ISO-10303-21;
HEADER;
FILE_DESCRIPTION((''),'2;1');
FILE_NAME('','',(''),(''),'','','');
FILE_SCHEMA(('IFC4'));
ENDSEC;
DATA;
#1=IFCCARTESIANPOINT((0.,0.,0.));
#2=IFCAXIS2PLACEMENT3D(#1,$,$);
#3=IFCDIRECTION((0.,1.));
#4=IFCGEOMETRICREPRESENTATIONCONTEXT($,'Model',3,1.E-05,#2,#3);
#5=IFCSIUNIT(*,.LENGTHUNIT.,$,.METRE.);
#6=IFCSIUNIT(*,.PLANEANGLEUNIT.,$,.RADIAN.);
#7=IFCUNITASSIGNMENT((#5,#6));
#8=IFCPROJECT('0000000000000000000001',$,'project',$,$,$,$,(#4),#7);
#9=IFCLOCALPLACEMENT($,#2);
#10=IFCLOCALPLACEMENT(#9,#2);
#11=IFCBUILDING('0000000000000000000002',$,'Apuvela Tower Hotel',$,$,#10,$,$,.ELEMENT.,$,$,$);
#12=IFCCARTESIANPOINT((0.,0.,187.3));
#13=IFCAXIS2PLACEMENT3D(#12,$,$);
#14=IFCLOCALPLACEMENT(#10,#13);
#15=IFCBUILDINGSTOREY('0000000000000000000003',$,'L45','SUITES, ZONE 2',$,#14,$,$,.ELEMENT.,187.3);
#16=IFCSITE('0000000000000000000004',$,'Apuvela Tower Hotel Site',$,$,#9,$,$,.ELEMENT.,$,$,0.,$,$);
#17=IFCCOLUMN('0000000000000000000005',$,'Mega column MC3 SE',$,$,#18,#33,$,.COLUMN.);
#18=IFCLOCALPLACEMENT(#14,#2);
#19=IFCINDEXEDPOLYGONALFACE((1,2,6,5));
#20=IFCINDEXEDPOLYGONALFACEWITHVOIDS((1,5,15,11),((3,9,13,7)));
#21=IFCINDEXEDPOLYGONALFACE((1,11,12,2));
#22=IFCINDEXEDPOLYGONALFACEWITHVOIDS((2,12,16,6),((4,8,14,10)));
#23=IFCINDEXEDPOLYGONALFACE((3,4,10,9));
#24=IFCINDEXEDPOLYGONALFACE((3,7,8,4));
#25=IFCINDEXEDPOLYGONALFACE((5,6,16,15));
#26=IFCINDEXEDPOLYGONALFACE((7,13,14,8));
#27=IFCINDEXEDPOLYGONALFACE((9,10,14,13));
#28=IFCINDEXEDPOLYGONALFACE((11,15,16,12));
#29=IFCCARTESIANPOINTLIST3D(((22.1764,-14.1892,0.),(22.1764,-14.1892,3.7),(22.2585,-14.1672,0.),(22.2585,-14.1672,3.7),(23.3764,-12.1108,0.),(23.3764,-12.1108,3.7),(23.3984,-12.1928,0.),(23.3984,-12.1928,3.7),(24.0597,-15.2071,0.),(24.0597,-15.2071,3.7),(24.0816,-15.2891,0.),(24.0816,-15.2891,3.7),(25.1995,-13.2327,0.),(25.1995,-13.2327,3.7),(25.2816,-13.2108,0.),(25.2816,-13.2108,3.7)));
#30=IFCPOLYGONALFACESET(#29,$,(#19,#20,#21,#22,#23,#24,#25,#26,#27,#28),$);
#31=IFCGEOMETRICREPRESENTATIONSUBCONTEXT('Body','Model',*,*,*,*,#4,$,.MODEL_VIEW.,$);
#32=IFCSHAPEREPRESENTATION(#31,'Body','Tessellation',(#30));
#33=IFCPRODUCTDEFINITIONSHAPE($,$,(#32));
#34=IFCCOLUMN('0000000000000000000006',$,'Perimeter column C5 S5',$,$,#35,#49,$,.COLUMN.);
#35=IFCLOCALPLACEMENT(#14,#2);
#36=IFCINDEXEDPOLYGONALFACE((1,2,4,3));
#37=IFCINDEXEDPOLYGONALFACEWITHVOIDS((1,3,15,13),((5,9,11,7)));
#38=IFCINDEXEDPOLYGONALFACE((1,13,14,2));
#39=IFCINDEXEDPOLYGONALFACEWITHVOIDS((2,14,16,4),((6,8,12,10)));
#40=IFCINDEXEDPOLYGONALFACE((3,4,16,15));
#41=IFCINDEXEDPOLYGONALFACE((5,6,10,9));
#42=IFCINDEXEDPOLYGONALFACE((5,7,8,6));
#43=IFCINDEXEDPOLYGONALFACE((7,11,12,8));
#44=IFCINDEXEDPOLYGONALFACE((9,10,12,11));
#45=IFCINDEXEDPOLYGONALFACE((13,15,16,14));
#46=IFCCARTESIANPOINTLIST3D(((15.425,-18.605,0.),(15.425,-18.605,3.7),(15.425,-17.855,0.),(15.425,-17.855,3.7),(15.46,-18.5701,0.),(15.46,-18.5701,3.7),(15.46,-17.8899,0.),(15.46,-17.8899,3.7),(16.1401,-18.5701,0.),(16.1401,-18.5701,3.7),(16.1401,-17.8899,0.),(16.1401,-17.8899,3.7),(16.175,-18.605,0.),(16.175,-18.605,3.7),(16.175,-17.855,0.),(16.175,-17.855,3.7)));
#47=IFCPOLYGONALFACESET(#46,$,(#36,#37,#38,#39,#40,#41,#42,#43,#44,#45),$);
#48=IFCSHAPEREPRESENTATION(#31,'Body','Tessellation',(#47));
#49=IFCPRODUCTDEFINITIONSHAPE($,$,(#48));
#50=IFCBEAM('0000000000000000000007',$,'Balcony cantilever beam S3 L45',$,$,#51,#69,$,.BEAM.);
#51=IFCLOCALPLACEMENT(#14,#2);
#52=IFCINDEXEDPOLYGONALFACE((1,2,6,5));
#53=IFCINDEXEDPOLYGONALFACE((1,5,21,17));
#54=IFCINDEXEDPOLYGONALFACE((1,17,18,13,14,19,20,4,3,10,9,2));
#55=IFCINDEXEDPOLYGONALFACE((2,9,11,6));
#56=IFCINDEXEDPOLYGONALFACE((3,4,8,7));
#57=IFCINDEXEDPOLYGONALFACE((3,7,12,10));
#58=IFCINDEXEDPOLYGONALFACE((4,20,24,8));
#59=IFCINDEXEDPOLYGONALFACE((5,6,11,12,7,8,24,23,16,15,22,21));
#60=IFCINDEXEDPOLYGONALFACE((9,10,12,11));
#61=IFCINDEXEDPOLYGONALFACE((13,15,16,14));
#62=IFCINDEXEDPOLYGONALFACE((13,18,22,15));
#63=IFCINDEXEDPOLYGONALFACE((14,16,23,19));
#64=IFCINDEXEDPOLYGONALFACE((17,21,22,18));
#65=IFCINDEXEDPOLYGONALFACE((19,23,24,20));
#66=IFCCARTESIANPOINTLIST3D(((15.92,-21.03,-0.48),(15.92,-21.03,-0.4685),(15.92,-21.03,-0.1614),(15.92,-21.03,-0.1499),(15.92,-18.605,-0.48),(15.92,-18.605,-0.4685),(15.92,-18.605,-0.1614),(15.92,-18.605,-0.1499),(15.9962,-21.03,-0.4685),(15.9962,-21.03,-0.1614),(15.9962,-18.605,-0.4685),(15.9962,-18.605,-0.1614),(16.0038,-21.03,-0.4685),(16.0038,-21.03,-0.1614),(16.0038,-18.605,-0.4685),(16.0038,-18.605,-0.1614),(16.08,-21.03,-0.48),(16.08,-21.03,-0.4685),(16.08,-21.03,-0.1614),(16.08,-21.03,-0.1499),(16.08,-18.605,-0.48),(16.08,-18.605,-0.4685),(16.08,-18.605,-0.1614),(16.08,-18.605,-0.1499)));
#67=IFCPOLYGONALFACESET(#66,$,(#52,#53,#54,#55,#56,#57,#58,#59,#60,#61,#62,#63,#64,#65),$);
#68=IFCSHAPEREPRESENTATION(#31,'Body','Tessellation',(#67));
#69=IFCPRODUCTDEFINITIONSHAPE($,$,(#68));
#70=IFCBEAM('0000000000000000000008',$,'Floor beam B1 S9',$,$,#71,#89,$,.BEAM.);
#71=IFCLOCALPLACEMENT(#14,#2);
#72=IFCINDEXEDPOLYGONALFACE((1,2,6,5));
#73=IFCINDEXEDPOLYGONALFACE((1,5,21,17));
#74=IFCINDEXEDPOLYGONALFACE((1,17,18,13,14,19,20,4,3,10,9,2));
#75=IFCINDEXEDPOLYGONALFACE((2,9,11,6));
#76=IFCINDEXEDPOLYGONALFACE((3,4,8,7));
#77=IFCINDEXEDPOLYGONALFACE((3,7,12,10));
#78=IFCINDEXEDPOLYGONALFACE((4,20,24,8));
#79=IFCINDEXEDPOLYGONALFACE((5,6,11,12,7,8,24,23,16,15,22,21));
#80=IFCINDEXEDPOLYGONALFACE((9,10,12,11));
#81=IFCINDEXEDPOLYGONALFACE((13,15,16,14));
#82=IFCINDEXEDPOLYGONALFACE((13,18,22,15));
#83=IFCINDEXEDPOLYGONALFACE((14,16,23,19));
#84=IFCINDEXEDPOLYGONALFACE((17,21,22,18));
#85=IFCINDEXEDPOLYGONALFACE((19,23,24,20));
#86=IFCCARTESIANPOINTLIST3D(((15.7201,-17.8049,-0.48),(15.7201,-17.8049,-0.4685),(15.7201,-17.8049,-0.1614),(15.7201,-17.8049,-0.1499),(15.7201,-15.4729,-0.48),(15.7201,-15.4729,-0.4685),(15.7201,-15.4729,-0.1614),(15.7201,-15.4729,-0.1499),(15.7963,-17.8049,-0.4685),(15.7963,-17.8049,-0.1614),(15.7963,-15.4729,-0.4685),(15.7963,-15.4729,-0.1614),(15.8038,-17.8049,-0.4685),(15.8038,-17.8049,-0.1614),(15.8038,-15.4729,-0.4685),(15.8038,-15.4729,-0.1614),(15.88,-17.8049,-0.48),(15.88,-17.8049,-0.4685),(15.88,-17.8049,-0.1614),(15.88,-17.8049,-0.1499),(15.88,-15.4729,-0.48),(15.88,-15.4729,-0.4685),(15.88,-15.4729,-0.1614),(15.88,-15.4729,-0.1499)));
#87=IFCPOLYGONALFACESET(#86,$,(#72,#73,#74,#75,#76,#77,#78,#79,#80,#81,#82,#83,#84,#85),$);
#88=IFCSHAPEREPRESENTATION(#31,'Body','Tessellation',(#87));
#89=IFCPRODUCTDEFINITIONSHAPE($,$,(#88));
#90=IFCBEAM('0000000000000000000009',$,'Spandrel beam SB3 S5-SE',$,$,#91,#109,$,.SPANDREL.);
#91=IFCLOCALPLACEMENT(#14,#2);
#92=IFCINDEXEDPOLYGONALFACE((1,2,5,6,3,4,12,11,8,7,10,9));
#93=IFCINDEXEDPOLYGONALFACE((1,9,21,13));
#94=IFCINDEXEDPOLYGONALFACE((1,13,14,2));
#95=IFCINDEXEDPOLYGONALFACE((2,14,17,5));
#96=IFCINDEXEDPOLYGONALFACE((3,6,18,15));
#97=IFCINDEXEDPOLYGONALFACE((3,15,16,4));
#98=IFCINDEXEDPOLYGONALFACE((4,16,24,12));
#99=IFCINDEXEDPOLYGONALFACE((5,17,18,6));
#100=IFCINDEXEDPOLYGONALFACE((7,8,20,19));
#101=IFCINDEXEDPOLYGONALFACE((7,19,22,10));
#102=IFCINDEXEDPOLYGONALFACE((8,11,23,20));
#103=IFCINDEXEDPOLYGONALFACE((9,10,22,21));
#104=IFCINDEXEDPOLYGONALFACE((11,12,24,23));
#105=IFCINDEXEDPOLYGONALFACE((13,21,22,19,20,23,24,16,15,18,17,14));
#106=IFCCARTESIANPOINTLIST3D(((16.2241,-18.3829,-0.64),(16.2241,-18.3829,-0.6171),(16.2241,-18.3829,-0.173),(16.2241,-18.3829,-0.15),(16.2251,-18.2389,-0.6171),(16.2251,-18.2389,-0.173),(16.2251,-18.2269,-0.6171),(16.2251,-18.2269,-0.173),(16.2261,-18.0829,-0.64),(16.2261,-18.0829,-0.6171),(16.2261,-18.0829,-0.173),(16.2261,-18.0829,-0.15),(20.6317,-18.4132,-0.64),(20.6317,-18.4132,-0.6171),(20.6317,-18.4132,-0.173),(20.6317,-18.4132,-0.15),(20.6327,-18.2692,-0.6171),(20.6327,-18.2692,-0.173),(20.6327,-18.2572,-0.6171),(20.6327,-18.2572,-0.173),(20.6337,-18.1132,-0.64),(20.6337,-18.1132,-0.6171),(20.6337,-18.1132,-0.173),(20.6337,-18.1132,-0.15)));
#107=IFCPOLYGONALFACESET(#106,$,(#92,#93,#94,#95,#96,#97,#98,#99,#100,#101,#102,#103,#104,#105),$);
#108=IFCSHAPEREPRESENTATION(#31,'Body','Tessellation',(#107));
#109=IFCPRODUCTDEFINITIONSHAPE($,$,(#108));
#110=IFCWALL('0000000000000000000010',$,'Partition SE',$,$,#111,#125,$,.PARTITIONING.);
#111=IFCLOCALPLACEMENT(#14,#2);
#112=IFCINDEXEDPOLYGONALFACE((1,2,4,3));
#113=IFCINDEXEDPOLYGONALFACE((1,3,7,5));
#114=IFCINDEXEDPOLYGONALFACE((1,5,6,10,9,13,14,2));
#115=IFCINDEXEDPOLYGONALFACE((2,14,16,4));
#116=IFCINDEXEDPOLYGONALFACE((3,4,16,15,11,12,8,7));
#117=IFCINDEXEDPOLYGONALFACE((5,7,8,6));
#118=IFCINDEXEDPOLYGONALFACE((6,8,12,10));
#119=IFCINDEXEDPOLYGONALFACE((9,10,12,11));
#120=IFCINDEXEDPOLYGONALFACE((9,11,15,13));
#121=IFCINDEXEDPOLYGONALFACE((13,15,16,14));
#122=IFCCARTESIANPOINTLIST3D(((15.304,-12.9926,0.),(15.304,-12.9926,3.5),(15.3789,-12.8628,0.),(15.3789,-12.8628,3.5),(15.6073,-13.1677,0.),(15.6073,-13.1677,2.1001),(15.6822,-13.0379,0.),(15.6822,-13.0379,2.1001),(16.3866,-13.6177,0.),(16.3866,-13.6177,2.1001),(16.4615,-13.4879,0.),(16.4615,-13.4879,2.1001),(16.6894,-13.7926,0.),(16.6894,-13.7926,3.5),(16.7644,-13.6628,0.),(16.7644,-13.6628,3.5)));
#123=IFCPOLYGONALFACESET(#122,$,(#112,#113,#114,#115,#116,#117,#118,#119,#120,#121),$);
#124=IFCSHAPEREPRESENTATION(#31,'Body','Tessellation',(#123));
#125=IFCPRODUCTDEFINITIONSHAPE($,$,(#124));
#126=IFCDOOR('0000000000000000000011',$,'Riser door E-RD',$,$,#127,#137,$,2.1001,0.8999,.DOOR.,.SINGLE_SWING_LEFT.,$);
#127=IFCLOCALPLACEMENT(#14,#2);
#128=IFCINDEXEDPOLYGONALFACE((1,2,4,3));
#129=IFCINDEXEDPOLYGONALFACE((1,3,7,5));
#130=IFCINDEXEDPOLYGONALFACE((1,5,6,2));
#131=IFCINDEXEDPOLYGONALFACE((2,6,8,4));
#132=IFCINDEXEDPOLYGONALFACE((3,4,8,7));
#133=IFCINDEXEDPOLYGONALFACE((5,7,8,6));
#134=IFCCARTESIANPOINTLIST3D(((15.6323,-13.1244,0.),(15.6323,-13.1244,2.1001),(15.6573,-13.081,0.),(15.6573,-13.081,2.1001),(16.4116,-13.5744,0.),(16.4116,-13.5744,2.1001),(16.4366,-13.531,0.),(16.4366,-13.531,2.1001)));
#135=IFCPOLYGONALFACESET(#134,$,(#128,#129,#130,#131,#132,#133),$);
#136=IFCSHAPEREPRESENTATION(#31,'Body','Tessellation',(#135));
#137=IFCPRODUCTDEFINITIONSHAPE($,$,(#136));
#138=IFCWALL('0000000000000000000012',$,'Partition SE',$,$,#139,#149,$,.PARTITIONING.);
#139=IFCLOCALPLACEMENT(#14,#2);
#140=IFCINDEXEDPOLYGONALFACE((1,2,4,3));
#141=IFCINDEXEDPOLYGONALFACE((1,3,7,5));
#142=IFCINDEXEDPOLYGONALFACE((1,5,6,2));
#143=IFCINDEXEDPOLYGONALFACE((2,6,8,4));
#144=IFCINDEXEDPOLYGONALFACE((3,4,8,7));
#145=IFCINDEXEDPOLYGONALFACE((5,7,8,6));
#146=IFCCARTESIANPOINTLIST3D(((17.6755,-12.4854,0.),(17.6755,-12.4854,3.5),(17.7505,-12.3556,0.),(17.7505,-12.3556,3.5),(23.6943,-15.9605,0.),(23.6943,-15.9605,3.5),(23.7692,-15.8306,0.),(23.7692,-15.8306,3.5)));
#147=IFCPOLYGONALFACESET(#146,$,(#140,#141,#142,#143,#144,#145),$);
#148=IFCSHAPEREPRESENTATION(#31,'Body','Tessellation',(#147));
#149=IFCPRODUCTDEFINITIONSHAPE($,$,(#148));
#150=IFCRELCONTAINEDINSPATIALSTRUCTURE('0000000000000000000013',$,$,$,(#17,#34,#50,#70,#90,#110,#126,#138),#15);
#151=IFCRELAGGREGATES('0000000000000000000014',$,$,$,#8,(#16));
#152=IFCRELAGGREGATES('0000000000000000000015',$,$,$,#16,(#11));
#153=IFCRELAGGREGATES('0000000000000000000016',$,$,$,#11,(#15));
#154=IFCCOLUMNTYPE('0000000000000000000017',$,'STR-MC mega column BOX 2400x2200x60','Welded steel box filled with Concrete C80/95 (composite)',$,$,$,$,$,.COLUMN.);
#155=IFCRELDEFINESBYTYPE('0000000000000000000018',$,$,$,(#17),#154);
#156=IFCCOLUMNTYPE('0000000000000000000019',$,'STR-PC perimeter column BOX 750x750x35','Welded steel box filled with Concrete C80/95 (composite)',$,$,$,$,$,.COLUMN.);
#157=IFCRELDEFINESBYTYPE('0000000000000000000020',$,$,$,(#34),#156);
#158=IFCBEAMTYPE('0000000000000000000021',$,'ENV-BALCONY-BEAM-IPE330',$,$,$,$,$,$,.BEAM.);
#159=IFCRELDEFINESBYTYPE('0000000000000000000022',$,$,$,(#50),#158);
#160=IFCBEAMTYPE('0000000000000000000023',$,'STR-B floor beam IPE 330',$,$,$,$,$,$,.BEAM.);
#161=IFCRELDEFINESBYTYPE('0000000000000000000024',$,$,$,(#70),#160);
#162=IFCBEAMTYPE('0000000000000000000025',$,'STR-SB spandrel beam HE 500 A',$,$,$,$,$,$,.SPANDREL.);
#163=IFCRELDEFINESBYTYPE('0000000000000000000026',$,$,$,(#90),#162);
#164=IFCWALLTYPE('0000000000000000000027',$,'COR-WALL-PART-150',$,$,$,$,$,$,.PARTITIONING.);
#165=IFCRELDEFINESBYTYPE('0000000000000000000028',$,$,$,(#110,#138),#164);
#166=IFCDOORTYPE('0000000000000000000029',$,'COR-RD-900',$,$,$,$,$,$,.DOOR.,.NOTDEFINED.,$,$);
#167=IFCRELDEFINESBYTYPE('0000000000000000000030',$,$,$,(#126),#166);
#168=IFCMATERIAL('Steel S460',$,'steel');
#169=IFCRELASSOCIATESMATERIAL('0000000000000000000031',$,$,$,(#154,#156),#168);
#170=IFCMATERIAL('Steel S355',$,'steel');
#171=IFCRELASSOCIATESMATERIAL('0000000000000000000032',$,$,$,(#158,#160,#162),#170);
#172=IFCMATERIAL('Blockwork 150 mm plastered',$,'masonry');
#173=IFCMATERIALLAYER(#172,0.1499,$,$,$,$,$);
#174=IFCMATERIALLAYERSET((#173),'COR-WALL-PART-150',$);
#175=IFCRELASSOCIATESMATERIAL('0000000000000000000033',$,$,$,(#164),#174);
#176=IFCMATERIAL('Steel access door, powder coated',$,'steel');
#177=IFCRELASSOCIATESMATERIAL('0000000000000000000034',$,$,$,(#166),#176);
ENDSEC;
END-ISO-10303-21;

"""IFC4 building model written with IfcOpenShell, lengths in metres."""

from ifc_helpers import new_model, si_unit, direction, frame, frame_2d, origin, origin_2d, place, context, subcontext, project, spatial, rectangle, hollow_rectangle, i_section, extrude, material, layer, layer_set, material_profile, profile_set, type_object, element, fill, save


model = new_model("IFC4")

# Units and contexts
model_context = context("Model", 3, precision=1e-05, world=origin(), true_north=direction((0.0, 1.0)))
body_context = subcontext(model_context, "Body", "Model", "MODEL_VIEW")
ifc_project = project(units=[si_unit("LENGTHUNIT", "METRE"), si_unit("PLANEANGLEUNIT", "RADIAN")], contexts=[model_context])

# Site, building, storey
site_placement = place(None, origin())
site = spatial("IfcSite", under=ifc_project, at=site_placement, Name="Apuvela Tower Hotel Site", CompositionType="ELEMENT", RefElevation=0.0)
building_placement = place(site_placement, origin())
building = spatial("IfcBuilding", under=site, at=building_placement, Name="Apuvela Tower Hotel", CompositionType="ELEMENT")
storey_placement = place(building_placement, frame((0.0, 0.0, 187.3)))
storey = spatial("IfcBuildingStorey", under=building, at=storey_placement, Name="L45", Description="SUITES, ZONE 2", CompositionType="ELEMENT", Elevation=187.3)

# Columns
ifc_material_1 = material(Name="Steel S460", Category="steel")
ifc_material_profile_1 = material_profile(ifc_material_1, hollow_rectangle(XDim=2.3999, YDim=2.2, WallThickness=0.0601, at=origin_2d()), Name="BOX 2400x2200x60")
ifc_material_2 = material(Name="Concrete C80/95", Category="concrete")
ifc_material_profile_2 = material_profile(ifc_material_2, rectangle(XDim=2.28, YDim=2.0801, at=origin_2d()), Name="Concrete C80/95 infill")
ifc_profile_set_1 = profile_set([ifc_material_profile_1, ifc_material_profile_2], Name="Steel S460")
column_type_1 = type_object("IfcColumnType", Name="STR-MC mega column BOX 2400x2200x60", Description="Welded steel box filled with Concrete C80/95 (composite)", PredefinedType="COLUMN", material=ifc_profile_set_1)
column_1_placement = place(storey_placement, frame((23.729, -13.7, 0.0), z_axis=(0.0, 0.0, 1.0), x_axis=(0.5, 0.866025, 0.0)))
element("IfcColumn", 1, at=column_1_placement, inside=storey, type_object=column_type_1, Name="Mega column MC3 SE", PredefinedType="COLUMN", context=body_context, shape_type="SweptSolid", body=[
    extrude(hollow_rectangle(XDim=2.3999, YDim=2.2, WallThickness=0.0601, at=origin_2d()), origin(), (0.0, 0.0, 1.0), 3.7),
])
ifc_material_profile_3 = material_profile(ifc_material_1, hollow_rectangle(XDim=0.75, YDim=0.75, WallThickness=0.0349, at=origin_2d()), Name="BOX 750x750x35")
ifc_material_profile_4 = material_profile(ifc_material_2, rectangle(XDim=0.6799, YDim=0.6799, at=origin_2d()), Name="Concrete C80/95 infill")
ifc_profile_set_2 = profile_set([ifc_material_profile_3, ifc_material_profile_4], Name="Steel S460")
column_type_2 = type_object("IfcColumnType", Name="STR-PC perimeter column BOX 750x750x35", Description="Welded steel box filled with Concrete C80/95 (composite)", PredefinedType="COLUMN", material=ifc_profile_set_2)
column_2_placement = place(storey_placement, frame((15.8, -18.23, 0.0), z_axis=(0.0, 0.0, 1.0), x_axis=(-1.0, 0.0, 0.0)))
element("IfcColumn", 2, at=column_2_placement, inside=storey, type_object=column_type_2, Name="Perimeter column C5 S5", PredefinedType="COLUMN", context=body_context, shape_type="SweptSolid", body=[
    extrude(hollow_rectangle(XDim=0.75, YDim=0.75, WallThickness=0.0349, at=origin_2d()), origin(), (0.0, 0.0, 1.0), 3.7),
])

# Beams
ifc_material_3 = material(Name="Steel S355", Category="steel")
ifc_material_profile_5 = material_profile(ifc_material_3, i_section(OverallWidth=0.1599, OverallDepth=0.3301, WebThickness=0.0076, FlangeThickness=0.0115, at=origin_2d()), Name="IPE 330")
ifc_profile_set_3 = profile_set([ifc_material_profile_5], Name="Steel S355")
beam_type_1 = type_object("IfcBeamType", Name="ENV-BALCONY-BEAM-IPE330", PredefinedType="BEAM", material=ifc_profile_set_3)
beam_1_placement = place(storey_placement, frame((16.0, -18.605, -0.3149), z_axis=(0.0, -1.0, 0.0), x_axis=(1.0, 0.0, 0.0)))
element("IfcBeam", 3, at=beam_1_placement, inside=storey, type_object=beam_type_1, Name="Balcony cantilever beam S3 L45", PredefinedType="BEAM", context=body_context, shape_type="SweptSolid", body=[
    extrude(i_section(OverallWidth=0.1599, OverallDepth=0.3301, WebThickness=0.0076, FlangeThickness=0.0115, at=origin_2d()), origin(), (0.0, 0.0, 1.0), 2.425),
])
ifc_material_profile_6 = material_profile(ifc_material_3, i_section(OverallWidth=0.1599, OverallDepth=0.3301, WebThickness=0.0076, FlangeThickness=0.0115, at=origin_2d()), Name="IPE 330")
ifc_profile_set_4 = profile_set([ifc_material_profile_6], Name="Steel S355")
beam_type_2 = type_object("IfcBeamType", Name="STR-B floor beam IPE 330", PredefinedType="BEAM", material=ifc_profile_set_4)
beam_2_placement = place(storey_placement, frame((15.8, -17.8049, -0.3149), z_axis=(0.0, 1.0, 0.0), x_axis=(-1.0, 0.0, 0.0)))
element("IfcBeam", 4, at=beam_2_placement, inside=storey, type_object=beam_type_2, Name="Floor beam B1 S9", PredefinedType="BEAM", context=body_context, shape_type="SweptSolid", body=[
    extrude(i_section(OverallWidth=0.1599, OverallDepth=0.3301, WebThickness=0.0076, FlangeThickness=0.0115, at=origin_2d()), origin(), (0.0, 0.0, 1.0), 2.332),
])
ifc_material_profile_7 = material_profile(ifc_material_3, i_section(OverallWidth=0.3, OverallDepth=0.49, WebThickness=0.012, FlangeThickness=0.0229, at=origin_2d()), Name="HE 500 A")
ifc_profile_set_5 = profile_set([ifc_material_profile_7], Name="Steel S355")
beam_type_3 = type_object("IfcBeamType", Name="STR-SB spandrel beam HE 500 A", PredefinedType="SPANDREL", material=ifc_profile_set_5)
beam_3_placement = place(storey_placement, frame((16.2251, -18.2329, -0.395), z_axis=(0.999976, -0.006868, 0.0), x_axis=(0.006868, 0.999976, 0.0)))
element("IfcBeam", 5, at=beam_3_placement, inside=storey, type_object=beam_type_3, Name="Spandrel beam SB3 S5-SE", PredefinedType="SPANDREL", context=body_context, shape_type="SweptSolid", body=[
    extrude(i_section(OverallWidth=0.3, OverallDepth=0.49, WebThickness=0.012, FlangeThickness=0.0229, at=origin_2d()), origin(), (0.0, 0.0, 1.0), 4.4077),
])

# Wall, opening, door
ifc_material_4 = material(Name="Blockwork 150 mm plastered", Category="masonry")
ifc_layer_1 = layer(ifc_material_4, 0.1499)
ifc_layer_set_1 = layer_set([ifc_layer_1], Name="COR-WALL-PART-150")
wall_type_1 = type_object("IfcWallType", Name="COR-WALL-PART-150", PredefinedType="PARTITIONING", material=ifc_layer_set_1)
wall_1_placement = place(storey_placement, frame((15.3416, -12.9277, 0.0), z_axis=(0.0, 0.0, 1.0), x_axis=(0.86599, -0.500061, 0.0)))
wall_1 = element("IfcWall", 6, at=wall_1_placement, inside=storey, type_object=wall_type_1, Name="Partition SE", PredefinedType="PARTITIONING", context=body_context, shape_type="SweptSolid", body=[
    extrude(rectangle(XDim=1.5999, YDim=0.1499, at=frame_2d((0.7998, 0.0))), origin(), (0.0, 0.0, 1.0), 3.5),
])
opening_1_placement = place(wall_1_placement, frame((0.3501, 0.0, 0.0)))
opening_1 = element("IfcOpeningElement", 7, at=opening_1_placement, cuts=wall_1, PredefinedType="OPENING", context=body_context, shape_type="SweptSolid", body=[
    extrude(rectangle(XDim=0.8999, YDim=2.1001, at=frame_2d((0.45, 1.05))), frame((0.0, 0.085, 0.0), z_axis=(0.0, -1.0, 0.0), x_axis=(1.0, 0.0, 0.0)), (0.0, 0.0, 1.0), 0.1699),
])
ifc_material_5 = material(Name="Steel access door, powder coated", Category="steel")
door_type_1 = type_object("IfcDoorType", Name="COR-RD-900", OperationType="NOTDEFINED", PredefinedType="DOOR", material=ifc_material_5)
door_1_placement = place(opening_1_placement, frame((0.8999, 0.0, 0.0), z_axis=(0.0, 0.0, 1.0), x_axis=(-1.0, 0.0, 0.0)))
door_1 = element("IfcDoor", 8, at=door_1_placement, inside=storey, type_object=door_type_1, Name="Riser door E-RD", OperationType="SINGLE_SWING_LEFT", OverallHeight=2.1001, OverallWidth=0.8999, PredefinedType="DOOR", context=body_context, shape_type="SweptSolid", body=[
    extrude(rectangle(XDim=0.8999, YDim=2.1001, at=frame_2d((0.45, 1.05))), frame((0.0, 0.0249, 0.0), z_axis=(0.0, -1.0, 0.0), x_axis=(1.0, 0.0, 0.0)), (0.0, 0.0, 1.0), 0.05),
])
fill(opening_1, door_1)

# Wall
wall_2_placement = place(storey_placement, frame((17.7129, -12.4204, 0.0), z_axis=(0.0, 0.0, 1.0), x_axis=(0.866017, -0.500015, 0.0)))
element("IfcWall", 9, at=wall_2_placement, inside=storey, type_object=wall_type_1, Name="Partition SE", PredefinedType="PARTITIONING", context=body_context, shape_type="SweptSolid", body=[
    extrude(rectangle(XDim=6.95, YDim=0.1499, at=frame_2d((3.4751, 0.0))), origin(), (0.0, 0.0, 1.0), 3.5),
])

save(model, "model.ifc")
